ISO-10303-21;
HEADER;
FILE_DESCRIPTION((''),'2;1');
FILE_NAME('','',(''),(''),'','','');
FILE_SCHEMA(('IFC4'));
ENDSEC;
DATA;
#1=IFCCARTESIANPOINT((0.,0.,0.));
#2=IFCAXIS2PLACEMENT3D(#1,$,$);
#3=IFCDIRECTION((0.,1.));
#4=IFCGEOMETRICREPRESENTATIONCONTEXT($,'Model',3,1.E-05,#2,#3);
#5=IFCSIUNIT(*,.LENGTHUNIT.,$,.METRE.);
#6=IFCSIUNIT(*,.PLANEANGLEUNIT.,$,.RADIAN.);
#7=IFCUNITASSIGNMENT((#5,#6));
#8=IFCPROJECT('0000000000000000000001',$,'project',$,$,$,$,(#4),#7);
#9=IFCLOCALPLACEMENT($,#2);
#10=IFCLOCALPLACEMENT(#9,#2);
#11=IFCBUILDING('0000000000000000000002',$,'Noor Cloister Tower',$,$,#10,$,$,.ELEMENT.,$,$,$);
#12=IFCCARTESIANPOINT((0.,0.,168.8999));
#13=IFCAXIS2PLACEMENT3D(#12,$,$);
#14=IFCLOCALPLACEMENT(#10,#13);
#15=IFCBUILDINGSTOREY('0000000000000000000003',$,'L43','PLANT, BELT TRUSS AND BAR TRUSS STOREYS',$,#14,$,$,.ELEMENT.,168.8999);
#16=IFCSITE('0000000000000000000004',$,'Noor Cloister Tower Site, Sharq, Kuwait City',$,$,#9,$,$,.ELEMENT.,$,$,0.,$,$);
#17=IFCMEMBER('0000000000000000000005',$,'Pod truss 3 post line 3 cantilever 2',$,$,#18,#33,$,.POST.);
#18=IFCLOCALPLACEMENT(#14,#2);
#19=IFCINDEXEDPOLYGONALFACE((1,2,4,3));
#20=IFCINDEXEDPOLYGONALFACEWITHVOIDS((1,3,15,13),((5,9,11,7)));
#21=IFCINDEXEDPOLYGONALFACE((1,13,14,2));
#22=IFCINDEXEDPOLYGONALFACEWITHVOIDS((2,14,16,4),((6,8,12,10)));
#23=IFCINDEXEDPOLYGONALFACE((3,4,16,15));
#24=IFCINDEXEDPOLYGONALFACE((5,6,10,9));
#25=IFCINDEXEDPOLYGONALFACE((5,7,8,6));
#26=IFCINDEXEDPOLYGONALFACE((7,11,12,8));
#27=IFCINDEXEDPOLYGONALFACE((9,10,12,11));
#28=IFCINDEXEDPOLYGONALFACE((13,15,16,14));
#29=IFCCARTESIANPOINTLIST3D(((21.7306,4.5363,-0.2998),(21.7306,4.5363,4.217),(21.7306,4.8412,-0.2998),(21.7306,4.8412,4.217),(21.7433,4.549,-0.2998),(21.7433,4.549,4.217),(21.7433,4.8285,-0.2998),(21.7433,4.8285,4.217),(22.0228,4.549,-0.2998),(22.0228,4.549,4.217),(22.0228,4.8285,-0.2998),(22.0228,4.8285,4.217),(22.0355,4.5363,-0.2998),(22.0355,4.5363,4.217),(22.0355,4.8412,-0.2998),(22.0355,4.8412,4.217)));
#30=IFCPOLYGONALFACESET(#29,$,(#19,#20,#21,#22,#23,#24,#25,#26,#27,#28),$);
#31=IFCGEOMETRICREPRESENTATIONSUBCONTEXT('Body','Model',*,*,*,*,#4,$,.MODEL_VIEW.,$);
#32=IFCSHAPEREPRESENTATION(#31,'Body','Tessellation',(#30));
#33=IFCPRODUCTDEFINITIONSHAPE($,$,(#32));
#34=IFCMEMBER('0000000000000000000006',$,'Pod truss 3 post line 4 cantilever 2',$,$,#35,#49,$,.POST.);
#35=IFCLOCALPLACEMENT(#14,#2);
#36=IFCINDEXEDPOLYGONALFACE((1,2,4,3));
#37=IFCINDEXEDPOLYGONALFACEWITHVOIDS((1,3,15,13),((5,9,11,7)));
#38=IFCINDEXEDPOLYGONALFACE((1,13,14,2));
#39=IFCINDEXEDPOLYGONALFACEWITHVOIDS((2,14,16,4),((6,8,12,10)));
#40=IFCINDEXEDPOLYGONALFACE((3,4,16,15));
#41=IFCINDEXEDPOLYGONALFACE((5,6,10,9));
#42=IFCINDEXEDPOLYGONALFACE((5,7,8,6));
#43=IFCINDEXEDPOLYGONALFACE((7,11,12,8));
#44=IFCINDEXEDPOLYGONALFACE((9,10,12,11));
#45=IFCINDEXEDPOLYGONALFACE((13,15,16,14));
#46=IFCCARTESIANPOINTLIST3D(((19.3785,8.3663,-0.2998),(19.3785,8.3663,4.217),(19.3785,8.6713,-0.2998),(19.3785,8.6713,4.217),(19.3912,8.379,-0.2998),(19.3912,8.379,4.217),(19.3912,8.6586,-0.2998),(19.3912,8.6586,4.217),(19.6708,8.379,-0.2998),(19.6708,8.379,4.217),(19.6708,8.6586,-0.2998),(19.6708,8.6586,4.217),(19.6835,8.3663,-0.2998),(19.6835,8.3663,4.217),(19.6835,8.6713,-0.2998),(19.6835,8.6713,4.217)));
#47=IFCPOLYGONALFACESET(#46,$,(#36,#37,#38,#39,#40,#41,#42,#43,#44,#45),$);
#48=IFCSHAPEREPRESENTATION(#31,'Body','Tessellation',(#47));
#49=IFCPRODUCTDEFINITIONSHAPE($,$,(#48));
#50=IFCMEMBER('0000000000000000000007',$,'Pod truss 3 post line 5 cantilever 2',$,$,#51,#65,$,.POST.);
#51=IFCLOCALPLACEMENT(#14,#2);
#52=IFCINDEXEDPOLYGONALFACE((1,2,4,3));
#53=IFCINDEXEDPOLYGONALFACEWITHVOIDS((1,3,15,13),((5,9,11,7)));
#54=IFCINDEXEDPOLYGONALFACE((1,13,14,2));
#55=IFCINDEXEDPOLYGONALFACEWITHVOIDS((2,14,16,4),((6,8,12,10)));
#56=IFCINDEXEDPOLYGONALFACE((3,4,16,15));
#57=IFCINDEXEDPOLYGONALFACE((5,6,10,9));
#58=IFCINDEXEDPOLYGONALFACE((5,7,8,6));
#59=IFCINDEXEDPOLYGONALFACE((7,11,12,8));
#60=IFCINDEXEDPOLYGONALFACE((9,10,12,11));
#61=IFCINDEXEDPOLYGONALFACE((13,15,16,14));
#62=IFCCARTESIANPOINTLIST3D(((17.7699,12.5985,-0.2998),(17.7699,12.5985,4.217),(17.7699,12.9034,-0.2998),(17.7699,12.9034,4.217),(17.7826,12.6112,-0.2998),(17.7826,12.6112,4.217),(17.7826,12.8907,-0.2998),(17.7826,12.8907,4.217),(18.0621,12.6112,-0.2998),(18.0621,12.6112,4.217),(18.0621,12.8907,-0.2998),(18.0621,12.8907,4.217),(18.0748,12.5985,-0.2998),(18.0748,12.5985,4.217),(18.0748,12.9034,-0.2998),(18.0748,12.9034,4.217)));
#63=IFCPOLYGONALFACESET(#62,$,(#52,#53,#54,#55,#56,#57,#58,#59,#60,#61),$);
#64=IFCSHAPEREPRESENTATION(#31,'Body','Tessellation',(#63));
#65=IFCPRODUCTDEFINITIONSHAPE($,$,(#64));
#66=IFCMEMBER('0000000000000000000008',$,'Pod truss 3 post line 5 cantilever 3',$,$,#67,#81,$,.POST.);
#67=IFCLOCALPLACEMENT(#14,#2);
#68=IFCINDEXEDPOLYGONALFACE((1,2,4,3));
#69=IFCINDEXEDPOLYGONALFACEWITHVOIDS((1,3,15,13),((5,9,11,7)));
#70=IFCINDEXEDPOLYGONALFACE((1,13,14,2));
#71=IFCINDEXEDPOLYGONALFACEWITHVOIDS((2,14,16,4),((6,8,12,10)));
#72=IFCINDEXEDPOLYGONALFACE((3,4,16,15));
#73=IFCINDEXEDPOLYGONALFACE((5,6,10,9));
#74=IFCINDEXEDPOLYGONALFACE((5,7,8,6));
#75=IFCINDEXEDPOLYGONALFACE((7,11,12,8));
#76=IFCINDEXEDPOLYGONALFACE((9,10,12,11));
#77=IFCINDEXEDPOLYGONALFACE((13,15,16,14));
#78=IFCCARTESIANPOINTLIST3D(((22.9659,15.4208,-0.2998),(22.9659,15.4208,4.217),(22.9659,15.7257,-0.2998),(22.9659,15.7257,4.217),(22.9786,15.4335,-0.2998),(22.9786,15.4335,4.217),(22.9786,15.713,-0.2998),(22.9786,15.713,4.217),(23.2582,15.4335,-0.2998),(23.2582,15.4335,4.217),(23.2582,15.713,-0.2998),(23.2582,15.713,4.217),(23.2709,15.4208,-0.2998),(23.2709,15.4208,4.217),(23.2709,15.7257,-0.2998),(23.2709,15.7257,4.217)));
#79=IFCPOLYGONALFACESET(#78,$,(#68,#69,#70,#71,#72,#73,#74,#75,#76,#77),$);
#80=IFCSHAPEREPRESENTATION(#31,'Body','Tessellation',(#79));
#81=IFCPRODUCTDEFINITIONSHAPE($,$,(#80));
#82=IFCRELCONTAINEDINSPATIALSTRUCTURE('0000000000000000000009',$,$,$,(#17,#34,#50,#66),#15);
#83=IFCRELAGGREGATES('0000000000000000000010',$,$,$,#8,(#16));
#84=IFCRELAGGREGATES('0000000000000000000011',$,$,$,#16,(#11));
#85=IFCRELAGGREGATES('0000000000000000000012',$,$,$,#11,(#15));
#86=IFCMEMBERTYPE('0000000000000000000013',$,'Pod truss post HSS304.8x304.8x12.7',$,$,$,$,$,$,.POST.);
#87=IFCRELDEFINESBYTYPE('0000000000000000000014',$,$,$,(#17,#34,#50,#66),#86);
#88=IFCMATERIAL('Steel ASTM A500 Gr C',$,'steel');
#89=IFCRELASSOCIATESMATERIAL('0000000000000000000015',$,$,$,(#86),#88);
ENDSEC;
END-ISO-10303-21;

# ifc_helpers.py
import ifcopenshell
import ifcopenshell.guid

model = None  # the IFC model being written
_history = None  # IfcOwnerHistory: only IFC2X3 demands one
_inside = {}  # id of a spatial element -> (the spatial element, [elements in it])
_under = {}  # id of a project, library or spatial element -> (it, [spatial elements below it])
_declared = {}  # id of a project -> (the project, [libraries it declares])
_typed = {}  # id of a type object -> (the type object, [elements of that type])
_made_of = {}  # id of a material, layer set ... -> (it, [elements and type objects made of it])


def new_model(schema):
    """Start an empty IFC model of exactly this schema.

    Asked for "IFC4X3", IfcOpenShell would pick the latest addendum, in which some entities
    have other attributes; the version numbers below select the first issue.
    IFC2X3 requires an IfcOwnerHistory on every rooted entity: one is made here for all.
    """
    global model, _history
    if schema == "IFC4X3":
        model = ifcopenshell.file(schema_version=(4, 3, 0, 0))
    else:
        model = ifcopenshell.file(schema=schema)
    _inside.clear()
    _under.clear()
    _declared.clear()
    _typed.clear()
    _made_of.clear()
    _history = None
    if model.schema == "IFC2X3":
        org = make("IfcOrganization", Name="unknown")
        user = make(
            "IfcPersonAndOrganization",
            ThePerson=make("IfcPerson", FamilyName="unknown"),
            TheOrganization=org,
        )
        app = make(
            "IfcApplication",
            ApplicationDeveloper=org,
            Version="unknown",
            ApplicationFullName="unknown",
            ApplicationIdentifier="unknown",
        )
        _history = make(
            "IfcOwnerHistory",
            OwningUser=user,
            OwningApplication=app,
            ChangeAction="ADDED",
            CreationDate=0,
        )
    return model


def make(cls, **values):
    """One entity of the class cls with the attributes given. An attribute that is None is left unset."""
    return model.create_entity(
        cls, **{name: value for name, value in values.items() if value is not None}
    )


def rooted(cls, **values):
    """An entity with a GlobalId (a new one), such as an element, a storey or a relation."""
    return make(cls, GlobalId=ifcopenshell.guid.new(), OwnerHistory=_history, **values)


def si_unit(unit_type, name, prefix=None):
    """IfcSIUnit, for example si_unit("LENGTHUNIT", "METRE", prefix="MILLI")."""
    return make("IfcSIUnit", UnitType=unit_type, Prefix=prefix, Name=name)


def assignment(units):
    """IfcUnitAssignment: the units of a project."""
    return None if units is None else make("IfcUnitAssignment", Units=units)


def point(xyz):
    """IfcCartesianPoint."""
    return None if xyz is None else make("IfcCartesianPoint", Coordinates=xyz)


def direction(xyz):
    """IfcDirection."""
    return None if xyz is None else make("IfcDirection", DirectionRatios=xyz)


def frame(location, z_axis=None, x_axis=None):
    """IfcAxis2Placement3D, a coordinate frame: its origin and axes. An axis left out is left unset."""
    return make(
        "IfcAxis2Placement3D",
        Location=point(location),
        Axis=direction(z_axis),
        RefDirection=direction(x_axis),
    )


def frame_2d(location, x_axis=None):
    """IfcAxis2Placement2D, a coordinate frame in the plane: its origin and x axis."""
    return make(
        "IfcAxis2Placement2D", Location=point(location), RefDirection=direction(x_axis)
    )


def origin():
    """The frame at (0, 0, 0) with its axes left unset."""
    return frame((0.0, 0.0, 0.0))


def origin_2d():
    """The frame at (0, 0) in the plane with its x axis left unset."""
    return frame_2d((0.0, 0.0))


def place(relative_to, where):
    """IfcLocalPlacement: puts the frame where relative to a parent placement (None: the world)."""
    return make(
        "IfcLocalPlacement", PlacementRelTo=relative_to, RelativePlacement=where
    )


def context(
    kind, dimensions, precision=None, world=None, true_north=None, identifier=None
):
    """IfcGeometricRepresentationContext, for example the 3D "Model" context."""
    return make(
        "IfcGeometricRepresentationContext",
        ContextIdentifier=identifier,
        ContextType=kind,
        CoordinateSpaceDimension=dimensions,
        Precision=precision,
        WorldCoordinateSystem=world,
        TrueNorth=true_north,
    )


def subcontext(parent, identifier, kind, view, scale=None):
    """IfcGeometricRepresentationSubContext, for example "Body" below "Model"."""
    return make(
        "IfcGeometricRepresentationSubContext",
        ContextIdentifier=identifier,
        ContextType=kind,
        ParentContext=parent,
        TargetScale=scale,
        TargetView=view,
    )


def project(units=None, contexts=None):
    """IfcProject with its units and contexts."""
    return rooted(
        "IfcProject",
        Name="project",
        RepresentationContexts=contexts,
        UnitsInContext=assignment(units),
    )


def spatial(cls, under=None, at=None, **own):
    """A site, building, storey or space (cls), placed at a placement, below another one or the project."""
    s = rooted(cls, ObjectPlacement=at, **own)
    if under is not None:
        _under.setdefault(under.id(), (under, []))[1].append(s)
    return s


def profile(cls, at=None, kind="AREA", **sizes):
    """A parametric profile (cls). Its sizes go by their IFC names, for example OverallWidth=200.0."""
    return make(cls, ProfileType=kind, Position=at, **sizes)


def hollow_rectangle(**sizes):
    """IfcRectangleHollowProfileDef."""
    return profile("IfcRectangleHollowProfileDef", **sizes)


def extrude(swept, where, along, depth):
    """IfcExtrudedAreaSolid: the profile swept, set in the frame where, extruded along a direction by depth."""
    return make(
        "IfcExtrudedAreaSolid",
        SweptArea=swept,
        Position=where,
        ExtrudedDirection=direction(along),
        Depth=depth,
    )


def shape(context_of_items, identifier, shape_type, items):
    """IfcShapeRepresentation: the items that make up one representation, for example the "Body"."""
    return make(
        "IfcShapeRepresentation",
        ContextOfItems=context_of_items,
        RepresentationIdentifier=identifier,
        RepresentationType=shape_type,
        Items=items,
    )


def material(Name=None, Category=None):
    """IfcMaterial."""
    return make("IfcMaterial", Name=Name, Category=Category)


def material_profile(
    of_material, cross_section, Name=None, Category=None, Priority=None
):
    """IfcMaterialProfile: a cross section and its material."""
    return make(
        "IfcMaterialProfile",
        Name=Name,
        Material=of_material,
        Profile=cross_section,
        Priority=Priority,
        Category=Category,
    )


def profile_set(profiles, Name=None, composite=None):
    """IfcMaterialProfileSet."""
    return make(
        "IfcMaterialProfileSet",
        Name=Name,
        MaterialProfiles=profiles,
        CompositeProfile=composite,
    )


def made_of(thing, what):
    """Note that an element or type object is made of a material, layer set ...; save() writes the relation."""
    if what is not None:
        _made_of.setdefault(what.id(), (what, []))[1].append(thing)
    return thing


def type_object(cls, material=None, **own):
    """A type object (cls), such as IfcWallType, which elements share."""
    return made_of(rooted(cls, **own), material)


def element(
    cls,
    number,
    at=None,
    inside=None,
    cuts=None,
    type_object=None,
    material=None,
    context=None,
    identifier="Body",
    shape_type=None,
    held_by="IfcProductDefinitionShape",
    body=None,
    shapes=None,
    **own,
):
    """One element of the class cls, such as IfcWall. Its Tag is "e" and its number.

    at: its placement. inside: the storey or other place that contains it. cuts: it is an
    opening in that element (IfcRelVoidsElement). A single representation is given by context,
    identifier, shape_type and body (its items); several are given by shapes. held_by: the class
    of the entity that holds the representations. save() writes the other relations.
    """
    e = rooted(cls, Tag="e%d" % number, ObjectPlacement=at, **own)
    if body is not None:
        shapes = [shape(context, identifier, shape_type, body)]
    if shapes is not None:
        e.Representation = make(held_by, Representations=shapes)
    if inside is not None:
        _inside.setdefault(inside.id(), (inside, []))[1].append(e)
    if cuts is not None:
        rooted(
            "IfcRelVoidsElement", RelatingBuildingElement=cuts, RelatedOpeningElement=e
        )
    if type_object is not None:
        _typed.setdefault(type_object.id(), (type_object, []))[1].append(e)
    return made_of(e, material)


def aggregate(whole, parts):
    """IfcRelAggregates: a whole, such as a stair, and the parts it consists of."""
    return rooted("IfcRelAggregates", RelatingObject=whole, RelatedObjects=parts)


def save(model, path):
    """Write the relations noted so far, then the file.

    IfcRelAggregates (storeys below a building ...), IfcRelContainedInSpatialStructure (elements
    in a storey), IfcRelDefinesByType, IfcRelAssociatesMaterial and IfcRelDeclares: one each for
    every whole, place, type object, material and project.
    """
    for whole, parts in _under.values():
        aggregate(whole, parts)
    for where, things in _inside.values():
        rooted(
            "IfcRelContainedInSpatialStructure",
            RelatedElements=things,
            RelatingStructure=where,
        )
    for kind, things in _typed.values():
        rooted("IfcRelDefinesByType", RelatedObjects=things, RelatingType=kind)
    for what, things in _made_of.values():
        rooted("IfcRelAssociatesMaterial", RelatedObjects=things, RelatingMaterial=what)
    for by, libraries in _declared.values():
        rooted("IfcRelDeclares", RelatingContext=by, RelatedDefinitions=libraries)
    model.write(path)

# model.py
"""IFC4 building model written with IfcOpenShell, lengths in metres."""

from ifc_helpers import new_model, si_unit, direction, frame, origin, origin_2d, place, context, subcontext, project, spatial, hollow_rectangle, extrude, material, material_profile, profile_set, type_object, element, save


model = new_model("IFC4")

# Units and contexts
model_context = context("Model", 3, precision=1e-05, world=origin(), true_north=direction((0.0, 1.0)))
body_context = subcontext(model_context, "Body", "Model", "MODEL_VIEW")
ifc_project = project(units=[si_unit("LENGTHUNIT", "METRE"), si_unit("PLANEANGLEUNIT", "RADIAN")], contexts=[model_context])

# Site, building, storey
site_placement = place(None, origin())
site = spatial("IfcSite", under=ifc_project, at=site_placement, Name="Noor Cloister Tower Site, Sharq, Kuwait City", CompositionType="ELEMENT", RefElevation=0.0)
building_placement = place(site_placement, origin())
building = spatial("IfcBuilding", under=site, at=building_placement, Name="Noor Cloister Tower", CompositionType="ELEMENT")
storey_placement = place(building_placement, frame((0.0, 0.0, 168.8999)))
storey = spatial("IfcBuildingStorey", under=building, at=storey_placement, Name="L43", Description="PLANT, BELT TRUSS AND BAR TRUSS STOREYS", CompositionType="ELEMENT", Elevation=168.8999)

# Members
ifc_material_1 = material(Name="Steel ASTM A500 Gr C", Category="steel")
ifc_material_profile_1 = material_profile(ifc_material_1, hollow_rectangle(XDim=0.3049, YDim=0.3049, WallThickness=0.0127, at=origin_2d()), Name="HSS304.8x304.8x12.7")
ifc_profile_set_1 = profile_set([ifc_material_profile_1], Name="Steel ASTM A500 Gr C")
member_type_1 = type_object("IfcMemberType", Name="Pod truss post HSS304.8x304.8x12.7", PredefinedType="POST", material=ifc_profile_set_1)
for number, where, z_axis, x_axis, name in (
    (1, (21.8831, 4.6887, -0.2998), (0.0, 0.0, 1.0), (1.0, 0.0, 0.0), "Pod truss 3 post line 3 cantilever 2"),
    (2, (19.531, 8.5188, -0.2998), (0.0, 0.0, 1.0), (1.0, 0.0, 0.0), "Pod truss 3 post line 4 cantilever 2"),
    (3, (17.9224, 12.751, -0.2998), (0.0, 0.0, 1.0), (1.0, 0.0, 0.0), "Pod truss 3 post line 5 cantilever 2"),
    (4, (23.1184, 15.5732, -0.2998), (0.0, 0.0, 1.0), (1.0, 0.0, 0.0), "Pod truss 3 post line 5 cantilever 3"),
):
    element("IfcMember", number, at=place(storey_placement, frame(where, z_axis=z_axis, x_axis=x_axis)), inside=storey, type_object=member_type_1, Name=name, PredefinedType="POST", context=body_context, shape_type="SweptSolid", body=[
        extrude(hollow_rectangle(XDim=0.3049, YDim=0.3049, WallThickness=0.0127, at=origin_2d()), origin(), (0.0, 0.0, 1.0), 4.5168),
    ])

save(model, "model.ifc")
